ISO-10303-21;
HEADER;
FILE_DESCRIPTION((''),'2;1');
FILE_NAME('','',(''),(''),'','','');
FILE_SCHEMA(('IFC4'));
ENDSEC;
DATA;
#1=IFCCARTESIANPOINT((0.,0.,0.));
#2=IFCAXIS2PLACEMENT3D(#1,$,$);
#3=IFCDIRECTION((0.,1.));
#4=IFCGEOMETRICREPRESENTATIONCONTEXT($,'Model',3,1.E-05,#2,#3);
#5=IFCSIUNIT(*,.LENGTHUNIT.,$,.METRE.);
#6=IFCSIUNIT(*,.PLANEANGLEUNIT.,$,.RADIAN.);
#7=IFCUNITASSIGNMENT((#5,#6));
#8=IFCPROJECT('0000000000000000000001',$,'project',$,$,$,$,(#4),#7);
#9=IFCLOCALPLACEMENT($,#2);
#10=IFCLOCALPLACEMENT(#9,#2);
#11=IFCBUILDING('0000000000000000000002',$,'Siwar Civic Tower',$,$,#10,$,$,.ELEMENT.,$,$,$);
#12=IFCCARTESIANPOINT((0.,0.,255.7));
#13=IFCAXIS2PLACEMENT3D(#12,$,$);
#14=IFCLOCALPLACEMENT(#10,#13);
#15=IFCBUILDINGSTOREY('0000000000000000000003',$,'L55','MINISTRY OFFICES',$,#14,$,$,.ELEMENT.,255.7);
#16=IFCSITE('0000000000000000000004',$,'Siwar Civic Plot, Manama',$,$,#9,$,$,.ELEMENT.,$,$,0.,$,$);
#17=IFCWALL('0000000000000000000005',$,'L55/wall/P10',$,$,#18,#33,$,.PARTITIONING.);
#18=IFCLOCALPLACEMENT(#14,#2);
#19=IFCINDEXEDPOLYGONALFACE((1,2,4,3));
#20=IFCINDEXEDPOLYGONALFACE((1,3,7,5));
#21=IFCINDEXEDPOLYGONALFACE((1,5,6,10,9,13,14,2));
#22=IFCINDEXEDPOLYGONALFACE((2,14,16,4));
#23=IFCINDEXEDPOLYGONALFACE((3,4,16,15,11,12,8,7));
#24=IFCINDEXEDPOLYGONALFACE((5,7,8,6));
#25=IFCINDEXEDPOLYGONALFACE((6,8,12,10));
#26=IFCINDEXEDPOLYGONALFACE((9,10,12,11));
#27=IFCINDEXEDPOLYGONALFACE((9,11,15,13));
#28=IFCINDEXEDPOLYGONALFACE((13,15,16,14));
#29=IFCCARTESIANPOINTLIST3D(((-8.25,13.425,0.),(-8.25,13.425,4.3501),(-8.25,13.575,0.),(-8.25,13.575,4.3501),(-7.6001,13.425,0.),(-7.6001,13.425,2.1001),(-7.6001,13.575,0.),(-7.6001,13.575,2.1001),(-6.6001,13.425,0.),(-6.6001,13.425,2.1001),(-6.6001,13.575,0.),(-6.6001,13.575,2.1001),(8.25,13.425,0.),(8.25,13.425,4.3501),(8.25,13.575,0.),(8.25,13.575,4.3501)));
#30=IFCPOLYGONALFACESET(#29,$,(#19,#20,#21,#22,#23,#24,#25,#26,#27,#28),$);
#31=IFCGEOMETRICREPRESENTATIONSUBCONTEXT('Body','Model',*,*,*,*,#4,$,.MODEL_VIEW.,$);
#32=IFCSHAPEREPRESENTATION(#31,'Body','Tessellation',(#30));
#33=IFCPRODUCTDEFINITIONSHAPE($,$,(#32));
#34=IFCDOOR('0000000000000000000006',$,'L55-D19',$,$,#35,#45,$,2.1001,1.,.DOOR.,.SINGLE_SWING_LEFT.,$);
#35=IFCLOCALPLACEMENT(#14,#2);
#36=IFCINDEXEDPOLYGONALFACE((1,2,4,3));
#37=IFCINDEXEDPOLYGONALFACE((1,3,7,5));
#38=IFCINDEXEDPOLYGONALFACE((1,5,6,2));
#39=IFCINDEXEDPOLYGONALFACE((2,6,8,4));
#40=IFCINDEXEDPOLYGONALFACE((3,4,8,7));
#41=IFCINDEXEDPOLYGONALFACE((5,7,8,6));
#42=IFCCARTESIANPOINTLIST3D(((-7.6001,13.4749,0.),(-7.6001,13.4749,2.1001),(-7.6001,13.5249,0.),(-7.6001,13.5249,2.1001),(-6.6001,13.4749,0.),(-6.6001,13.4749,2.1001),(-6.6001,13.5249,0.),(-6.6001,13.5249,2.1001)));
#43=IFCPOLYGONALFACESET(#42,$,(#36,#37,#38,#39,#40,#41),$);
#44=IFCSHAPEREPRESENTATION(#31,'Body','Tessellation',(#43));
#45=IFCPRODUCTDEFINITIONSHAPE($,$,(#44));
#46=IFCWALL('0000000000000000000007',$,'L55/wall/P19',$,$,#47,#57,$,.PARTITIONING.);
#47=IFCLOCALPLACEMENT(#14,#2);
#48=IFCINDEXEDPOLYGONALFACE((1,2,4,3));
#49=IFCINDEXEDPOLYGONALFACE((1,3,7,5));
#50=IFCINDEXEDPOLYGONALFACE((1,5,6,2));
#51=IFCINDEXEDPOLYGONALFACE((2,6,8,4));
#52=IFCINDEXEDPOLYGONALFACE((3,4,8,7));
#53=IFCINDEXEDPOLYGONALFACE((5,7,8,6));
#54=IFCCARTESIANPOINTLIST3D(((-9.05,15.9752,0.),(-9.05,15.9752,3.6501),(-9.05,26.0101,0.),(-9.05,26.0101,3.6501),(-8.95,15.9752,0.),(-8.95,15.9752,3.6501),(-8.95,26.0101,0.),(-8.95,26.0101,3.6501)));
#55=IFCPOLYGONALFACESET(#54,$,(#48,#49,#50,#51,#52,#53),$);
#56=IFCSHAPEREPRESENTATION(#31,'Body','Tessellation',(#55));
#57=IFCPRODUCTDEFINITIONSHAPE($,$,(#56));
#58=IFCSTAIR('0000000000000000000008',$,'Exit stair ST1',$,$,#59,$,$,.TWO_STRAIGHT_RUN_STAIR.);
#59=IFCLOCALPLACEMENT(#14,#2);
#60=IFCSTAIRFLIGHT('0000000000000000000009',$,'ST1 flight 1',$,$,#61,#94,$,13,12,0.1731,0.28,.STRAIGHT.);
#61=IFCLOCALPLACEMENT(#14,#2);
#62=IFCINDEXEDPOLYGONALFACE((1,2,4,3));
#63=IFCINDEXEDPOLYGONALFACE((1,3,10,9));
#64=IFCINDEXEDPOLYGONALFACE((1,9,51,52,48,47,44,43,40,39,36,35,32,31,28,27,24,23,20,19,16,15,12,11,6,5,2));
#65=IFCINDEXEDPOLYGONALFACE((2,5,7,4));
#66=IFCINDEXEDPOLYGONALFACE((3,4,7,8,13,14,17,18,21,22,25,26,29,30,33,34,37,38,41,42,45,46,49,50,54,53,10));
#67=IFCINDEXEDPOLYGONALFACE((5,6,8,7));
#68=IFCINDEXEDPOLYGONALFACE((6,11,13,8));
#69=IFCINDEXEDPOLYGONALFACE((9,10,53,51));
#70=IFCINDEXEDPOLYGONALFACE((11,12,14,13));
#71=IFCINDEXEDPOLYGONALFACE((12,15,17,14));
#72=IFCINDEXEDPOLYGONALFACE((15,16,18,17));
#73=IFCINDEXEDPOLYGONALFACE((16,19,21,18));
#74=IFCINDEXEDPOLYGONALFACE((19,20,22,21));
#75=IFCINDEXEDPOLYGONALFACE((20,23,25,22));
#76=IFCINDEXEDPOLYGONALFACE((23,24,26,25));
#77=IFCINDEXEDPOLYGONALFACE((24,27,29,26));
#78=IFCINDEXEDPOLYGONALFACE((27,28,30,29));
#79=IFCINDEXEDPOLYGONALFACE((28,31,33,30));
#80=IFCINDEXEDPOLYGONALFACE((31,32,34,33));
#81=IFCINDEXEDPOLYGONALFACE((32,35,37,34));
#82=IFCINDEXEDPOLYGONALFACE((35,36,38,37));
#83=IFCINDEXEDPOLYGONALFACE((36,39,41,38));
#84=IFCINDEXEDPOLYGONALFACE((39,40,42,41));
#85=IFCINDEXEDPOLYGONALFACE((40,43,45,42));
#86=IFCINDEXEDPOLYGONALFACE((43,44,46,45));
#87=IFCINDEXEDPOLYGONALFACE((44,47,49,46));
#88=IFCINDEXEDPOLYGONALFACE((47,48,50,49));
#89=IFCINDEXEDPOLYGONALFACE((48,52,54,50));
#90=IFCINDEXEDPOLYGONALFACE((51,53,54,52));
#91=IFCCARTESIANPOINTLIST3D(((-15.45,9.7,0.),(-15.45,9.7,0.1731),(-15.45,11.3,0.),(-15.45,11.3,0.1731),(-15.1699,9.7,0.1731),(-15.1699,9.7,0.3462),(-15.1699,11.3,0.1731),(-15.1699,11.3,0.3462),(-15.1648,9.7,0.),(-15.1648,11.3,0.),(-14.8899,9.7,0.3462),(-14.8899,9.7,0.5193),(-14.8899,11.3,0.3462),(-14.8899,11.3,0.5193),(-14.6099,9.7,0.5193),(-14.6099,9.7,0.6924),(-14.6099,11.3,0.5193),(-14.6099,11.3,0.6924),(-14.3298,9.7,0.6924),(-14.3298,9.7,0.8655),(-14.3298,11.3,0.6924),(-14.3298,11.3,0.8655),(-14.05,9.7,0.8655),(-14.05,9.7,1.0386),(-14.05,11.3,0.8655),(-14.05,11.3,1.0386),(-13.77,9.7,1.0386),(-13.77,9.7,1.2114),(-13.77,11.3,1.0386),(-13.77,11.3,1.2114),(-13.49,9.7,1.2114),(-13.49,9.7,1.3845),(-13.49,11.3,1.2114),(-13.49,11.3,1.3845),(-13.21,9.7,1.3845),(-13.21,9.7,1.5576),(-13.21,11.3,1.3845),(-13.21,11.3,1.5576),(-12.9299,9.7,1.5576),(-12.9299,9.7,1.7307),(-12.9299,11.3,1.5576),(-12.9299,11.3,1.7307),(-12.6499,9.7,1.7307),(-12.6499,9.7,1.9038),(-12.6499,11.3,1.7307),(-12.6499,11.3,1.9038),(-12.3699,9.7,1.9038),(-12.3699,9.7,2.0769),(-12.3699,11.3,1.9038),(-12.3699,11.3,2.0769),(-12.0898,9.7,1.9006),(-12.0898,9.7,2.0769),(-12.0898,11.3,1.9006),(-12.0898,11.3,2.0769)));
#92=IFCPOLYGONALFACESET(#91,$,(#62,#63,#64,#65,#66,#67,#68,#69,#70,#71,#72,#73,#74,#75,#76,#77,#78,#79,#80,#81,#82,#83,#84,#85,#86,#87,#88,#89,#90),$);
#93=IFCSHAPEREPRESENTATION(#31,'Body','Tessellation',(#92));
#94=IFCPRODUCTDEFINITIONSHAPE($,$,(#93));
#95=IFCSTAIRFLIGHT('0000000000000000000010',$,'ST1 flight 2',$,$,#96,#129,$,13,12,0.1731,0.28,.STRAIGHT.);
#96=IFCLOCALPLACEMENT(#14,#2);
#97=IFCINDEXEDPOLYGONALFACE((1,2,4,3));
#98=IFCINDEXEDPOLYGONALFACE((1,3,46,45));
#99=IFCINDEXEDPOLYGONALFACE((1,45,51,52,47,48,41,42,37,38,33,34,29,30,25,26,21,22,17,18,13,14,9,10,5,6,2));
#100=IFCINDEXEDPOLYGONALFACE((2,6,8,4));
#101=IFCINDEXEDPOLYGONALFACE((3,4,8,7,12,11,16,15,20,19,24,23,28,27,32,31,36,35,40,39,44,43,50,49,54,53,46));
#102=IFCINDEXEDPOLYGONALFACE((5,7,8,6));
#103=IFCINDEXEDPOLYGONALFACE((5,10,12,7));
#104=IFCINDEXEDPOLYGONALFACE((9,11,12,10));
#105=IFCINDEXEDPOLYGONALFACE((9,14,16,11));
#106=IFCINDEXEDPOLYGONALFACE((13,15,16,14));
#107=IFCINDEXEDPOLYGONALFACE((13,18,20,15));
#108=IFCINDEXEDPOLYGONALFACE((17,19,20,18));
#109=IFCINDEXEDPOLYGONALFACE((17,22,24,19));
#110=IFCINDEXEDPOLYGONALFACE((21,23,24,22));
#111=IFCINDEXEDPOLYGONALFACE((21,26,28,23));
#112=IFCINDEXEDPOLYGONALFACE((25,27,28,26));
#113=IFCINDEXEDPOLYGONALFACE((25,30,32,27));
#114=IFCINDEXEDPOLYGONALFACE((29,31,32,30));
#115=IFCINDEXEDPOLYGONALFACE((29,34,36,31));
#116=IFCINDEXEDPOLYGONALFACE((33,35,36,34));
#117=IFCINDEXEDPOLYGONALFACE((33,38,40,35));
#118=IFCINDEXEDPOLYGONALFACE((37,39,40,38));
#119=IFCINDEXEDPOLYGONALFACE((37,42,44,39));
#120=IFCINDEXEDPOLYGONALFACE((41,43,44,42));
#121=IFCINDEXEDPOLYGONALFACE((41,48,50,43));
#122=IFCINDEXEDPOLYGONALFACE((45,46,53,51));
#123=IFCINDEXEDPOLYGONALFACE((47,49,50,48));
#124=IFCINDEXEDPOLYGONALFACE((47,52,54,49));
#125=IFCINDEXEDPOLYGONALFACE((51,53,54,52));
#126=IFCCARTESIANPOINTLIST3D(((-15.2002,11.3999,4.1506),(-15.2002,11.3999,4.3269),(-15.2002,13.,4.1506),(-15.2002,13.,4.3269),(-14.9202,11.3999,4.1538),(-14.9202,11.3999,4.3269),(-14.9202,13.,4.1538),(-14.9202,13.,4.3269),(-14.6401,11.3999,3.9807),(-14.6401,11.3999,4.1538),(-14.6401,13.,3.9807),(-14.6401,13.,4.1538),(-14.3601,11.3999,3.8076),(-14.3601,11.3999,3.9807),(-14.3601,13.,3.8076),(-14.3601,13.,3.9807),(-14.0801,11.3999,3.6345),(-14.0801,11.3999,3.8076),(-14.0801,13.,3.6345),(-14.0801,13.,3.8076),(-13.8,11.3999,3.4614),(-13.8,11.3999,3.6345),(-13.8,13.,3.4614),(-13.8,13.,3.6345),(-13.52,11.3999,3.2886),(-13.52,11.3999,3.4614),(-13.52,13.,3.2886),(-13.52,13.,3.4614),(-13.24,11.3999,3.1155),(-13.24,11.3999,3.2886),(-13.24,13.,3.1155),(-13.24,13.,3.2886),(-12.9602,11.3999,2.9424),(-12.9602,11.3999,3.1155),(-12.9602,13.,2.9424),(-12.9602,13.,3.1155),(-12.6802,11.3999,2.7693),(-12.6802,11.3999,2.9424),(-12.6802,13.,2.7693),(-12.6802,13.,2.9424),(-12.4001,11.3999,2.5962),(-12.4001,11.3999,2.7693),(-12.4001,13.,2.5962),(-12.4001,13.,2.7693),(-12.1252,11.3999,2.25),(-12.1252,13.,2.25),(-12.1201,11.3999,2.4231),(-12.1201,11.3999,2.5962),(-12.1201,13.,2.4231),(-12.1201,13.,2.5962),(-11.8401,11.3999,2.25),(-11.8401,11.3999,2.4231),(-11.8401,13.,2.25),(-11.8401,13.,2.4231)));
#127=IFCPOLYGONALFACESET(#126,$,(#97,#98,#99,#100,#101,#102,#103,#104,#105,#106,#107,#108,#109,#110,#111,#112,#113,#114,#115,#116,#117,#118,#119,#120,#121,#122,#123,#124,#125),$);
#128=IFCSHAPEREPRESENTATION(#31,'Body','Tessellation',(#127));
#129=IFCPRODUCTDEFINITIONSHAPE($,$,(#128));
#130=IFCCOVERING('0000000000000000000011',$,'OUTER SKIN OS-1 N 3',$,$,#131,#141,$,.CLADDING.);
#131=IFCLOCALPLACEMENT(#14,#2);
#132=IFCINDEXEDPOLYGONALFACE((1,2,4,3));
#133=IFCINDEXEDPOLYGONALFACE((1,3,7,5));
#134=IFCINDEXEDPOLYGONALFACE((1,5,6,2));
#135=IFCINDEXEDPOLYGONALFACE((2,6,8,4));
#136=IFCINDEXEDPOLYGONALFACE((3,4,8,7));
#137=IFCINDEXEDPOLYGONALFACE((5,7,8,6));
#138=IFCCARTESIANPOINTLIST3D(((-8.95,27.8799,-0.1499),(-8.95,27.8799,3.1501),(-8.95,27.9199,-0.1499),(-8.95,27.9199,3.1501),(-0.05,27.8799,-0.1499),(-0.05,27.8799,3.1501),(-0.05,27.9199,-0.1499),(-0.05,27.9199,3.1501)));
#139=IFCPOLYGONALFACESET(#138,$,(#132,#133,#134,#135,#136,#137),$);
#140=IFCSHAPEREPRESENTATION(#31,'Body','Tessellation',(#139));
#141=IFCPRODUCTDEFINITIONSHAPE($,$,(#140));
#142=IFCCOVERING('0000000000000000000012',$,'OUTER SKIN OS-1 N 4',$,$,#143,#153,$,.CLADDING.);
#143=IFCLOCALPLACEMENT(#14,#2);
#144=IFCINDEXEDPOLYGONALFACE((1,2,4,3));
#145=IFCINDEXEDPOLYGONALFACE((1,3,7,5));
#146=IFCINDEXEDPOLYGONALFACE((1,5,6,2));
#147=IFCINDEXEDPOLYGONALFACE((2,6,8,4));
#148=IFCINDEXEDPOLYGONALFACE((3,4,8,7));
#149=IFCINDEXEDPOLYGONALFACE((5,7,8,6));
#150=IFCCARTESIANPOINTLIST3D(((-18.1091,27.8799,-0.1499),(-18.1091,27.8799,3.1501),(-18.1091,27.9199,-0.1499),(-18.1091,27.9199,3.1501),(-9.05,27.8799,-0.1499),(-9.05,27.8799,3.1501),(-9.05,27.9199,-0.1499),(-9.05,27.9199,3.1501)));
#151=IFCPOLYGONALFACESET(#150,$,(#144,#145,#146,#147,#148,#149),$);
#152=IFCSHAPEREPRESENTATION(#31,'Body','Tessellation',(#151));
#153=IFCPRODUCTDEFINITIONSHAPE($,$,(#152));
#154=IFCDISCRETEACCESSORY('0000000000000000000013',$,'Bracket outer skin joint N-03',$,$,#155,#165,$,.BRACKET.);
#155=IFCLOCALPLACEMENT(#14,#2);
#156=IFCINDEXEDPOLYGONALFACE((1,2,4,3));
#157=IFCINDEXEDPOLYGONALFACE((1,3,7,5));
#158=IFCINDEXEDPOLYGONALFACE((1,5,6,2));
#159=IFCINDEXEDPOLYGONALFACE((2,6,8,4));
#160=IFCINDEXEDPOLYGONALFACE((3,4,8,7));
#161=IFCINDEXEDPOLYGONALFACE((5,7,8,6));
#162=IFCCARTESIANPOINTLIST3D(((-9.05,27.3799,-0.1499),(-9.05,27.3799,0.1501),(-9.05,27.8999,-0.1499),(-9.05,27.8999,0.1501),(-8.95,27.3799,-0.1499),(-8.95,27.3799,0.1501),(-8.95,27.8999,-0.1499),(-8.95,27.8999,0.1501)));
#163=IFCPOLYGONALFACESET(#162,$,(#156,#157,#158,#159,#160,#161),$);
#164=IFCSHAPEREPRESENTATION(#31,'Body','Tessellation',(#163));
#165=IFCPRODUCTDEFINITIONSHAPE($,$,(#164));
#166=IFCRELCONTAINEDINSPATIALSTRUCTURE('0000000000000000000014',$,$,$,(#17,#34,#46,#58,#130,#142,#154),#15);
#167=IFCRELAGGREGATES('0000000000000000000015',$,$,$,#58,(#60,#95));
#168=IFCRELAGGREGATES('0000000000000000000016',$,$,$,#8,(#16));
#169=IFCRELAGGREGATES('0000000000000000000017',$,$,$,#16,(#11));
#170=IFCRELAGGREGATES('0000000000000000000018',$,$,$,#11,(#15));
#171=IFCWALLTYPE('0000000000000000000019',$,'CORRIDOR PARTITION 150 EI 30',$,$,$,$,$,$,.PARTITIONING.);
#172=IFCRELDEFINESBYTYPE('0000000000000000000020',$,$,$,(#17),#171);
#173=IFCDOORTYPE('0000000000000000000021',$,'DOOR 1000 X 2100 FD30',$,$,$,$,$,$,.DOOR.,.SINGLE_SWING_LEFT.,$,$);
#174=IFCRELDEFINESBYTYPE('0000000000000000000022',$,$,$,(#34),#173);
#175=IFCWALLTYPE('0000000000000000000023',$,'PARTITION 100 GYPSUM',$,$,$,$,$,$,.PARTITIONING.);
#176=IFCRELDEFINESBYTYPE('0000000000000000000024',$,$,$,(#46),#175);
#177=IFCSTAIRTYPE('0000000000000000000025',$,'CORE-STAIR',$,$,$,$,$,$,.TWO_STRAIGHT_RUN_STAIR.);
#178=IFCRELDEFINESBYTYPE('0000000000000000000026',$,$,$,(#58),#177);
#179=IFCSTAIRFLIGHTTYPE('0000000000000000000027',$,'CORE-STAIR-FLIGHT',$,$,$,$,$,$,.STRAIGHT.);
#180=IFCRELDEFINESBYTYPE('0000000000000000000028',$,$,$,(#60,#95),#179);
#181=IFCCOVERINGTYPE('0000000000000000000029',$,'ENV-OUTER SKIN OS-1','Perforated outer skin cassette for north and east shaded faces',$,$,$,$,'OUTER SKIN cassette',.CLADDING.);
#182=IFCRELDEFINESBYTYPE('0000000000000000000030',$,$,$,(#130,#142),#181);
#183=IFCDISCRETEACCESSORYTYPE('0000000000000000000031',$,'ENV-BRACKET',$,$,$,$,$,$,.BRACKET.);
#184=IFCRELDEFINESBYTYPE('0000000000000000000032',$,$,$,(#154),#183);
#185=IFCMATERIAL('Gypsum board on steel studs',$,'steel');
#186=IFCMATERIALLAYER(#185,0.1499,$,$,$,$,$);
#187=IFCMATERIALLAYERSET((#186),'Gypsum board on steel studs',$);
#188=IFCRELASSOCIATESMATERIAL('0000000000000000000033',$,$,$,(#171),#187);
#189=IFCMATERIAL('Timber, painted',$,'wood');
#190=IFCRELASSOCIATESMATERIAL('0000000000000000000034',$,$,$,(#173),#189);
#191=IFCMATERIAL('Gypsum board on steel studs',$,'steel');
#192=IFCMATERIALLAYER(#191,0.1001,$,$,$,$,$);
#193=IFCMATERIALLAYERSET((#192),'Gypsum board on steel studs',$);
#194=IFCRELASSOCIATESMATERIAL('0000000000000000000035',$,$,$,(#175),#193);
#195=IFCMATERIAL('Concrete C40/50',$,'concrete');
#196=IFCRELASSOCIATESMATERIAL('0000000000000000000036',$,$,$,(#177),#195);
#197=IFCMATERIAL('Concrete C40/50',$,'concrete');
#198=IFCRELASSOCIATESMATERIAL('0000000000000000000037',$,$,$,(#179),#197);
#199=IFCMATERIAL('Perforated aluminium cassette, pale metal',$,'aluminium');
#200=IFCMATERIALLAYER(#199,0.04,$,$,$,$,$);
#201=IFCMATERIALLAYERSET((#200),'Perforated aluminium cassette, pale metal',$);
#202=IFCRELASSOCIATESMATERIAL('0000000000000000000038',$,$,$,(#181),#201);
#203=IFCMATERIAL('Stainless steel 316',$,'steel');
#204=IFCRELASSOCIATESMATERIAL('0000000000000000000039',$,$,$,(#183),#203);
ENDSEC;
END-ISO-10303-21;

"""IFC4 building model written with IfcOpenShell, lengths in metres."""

from ifc_helpers import new_model, si_unit, direction, frame, frame_2d, origin, origin_2d, place, context, subcontext, project, spatial, polyline, rectangle, outline, extrude, material, layer, layer_set, type_object, element, fill, aggregate, save


model = new_model("IFC4")

# Units and contexts
model_context = context("Model", 3, precision=1e-05, world=origin(), true_north=direction((0.0, 1.0)))
body_context = subcontext(model_context, "Body", "Model", "MODEL_VIEW")
ifc_project = project(units=[si_unit("LENGTHUNIT", "METRE"), si_unit("PLANEANGLEUNIT", "RADIAN")], contexts=[model_context])

# Site, building, storey
site_placement = place(None, origin())
site = spatial("IfcSite", under=ifc_project, at=site_placement, Name="Siwar Civic Plot, Manama", CompositionType="ELEMENT", RefElevation=0.0)
building_placement = place(site_placement, origin())
building = spatial("IfcBuilding", under=site, at=building_placement, Name="Siwar Civic Tower", CompositionType="ELEMENT")
storey_placement = place(building_placement, frame((0.0, 0.0, 255.7)))
storey = spatial("IfcBuildingStorey", under=building, at=storey_placement, Name="L55", Description="MINISTRY OFFICES", CompositionType="ELEMENT", Elevation=255.7)

# Shared definitions
ifc_material_1 = material(Name="Gypsum board on steel studs", Category="steel")
ifc_layer_1 = layer(ifc_material_1, 0.1499)
ifc_layer_set_1 = layer_set([ifc_layer_1], Name="Gypsum board on steel studs")
wall_type_1 = type_object("IfcWallType", Name="CORRIDOR PARTITION 150 EI 30", PredefinedType="PARTITIONING", material=ifc_layer_set_1)

# Wall, opening, door
wall_1_placement = place(storey_placement, frame((-8.25, 13.5, 0.0), z_axis=(0.0, 0.0, 1.0), x_axis=(1.0, 0.0, 0.0)))
wall_1 = element("IfcWall", 1, at=wall_1_placement, inside=storey, type_object=wall_type_1, Name="L55/wall/P10", PredefinedType="PARTITIONING", context=body_context, shape_type="SweptSolid", body=[
    extrude(rectangle(XDim=16.5, YDim=0.1499, at=frame_2d((8.25, 0.0))), origin(), (0.0, 0.0, 1.0), 4.3501),
])
opening_1_placement = place(wall_1_placement, frame((0.6499, 0.0, 0.0)))
opening_1 = element("IfcOpeningElement", 2, at=opening_1_placement, cuts=wall_1, PredefinedType="OPENING", context=body_context, shape_type="SweptSolid", body=[
    extrude(rectangle(XDim=1.0, YDim=2.1001, at=frame_2d((0.5, 1.05))), frame((0.0, 0.085, 0.0), z_axis=(0.0, -1.0, 0.0), x_axis=(1.0, 0.0, 0.0)), (0.0, 0.0, 1.0), 0.1699),
])
ifc_material_2 = material(Name="Timber, painted", Category="wood")
door_type_1 = type_object("IfcDoorType", Name="DOOR 1000 X 2100 FD30", OperationType="SINGLE_SWING_LEFT", PredefinedType="DOOR", material=ifc_material_2)
door_1_placement = place(opening_1_placement, origin())
door_1 = element("IfcDoor", 3, at=door_1_placement, inside=storey, type_object=door_type_1, Name="L55-D19", OperationType="SINGLE_SWING_LEFT", OverallHeight=2.1001, OverallWidth=1.0, PredefinedType="DOOR", context=body_context, shape_type="SweptSolid", body=[
    extrude(rectangle(XDim=1.0, YDim=2.1001, at=frame_2d((0.5, 1.05))), frame((0.0, 0.0249, 0.0), z_axis=(0.0, -1.0, 0.0), x_axis=(1.0, 0.0, 0.0)), (0.0, 0.0, 1.0), 0.05),
])
fill(opening_1, door_1)

# Wall
ifc_material_3 = material(Name="Gypsum board on steel studs", Category="steel")
ifc_layer_2 = layer(ifc_material_3, 0.1001)
ifc_layer_set_2 = layer_set([ifc_layer_2], Name="Gypsum board on steel studs")
wall_type_2 = type_object("IfcWallType", Name="PARTITION 100 GYPSUM", PredefinedType="PARTITIONING", material=ifc_layer_set_2)
wall_2_placement = place(storey_placement, frame((-9.0, 15.9751, 0.0), z_axis=(0.0, 0.0, 1.0), x_axis=(0.0, 1.0, 0.0)))
element("IfcWall", 4, at=wall_2_placement, inside=storey, type_object=wall_type_2, Name="L55/wall/P19", PredefinedType="PARTITIONING", context=body_context, shape_type="SweptSolid", body=[
    extrude(rectangle(XDim=10.0349, YDim=0.1001, at=frame_2d((5.0176, 0.0))), origin(), (0.0, 0.0, 1.0), 3.6501),
])

# Stair, stair flights
ifc_material_4 = material(Name="Concrete C40/50", Category="concrete")
stair_type = type_object("IfcStairType", Name="CORE-STAIR", PredefinedType="TWO_STRAIGHT_RUN_STAIR", material=ifc_material_4)
stair_placement = place(storey_placement, origin())
stair = element("IfcStair", 5, at=stair_placement, inside=storey, type_object=stair_type, Name="Exit stair ST1", PredefinedType="TWO_STRAIGHT_RUN_STAIR")
ifc_material_5 = material(Name="Concrete C40/50", Category="concrete")
stair_flight_type = type_object("IfcStairFlightType", Name="CORE-STAIR-FLIGHT", PredefinedType="STRAIGHT", material=ifc_material_5)
stair_flight_1_placement = place(storey_placement, frame((-15.45, 10.5, 0.0), z_axis=(0.0, 0.0, 1.0), x_axis=(1.0, 0.0, 0.0)))
stair_flight_1 = element("IfcStairFlight", 6, at=stair_flight_1_placement, type_object=stair_flight_type, Name="ST1 flight 1", NumberOfRisers=13, NumberOfTreads=12, PredefinedType="STRAIGHT", RiserHeight=0.1731, TreadLength=0.28, context=body_context, shape_type="SweptSolid", body=[
    extrude(outline(polyline([(0.0, 0.0), (0.0, 0.1731), (0.28, 0.1731), (0.28, 0.3462), (0.5601, 0.3462), (0.5601, 0.5193), (0.8401, 0.5193), (0.8401, 0.6924), (1.1201, 0.6924), (1.1201, 0.8655), (1.3999, 0.8655), (1.3999, 1.0386), (1.6799, 1.0386), (1.6799, 1.2114), (1.96, 1.2114), (1.96, 1.3845), (2.24, 1.3845), (2.24, 1.5576), (2.52, 1.5576), (2.52, 1.7307), (2.8, 1.7307), (2.8, 1.9038), (3.0801, 1.9038), (3.0801, 2.0769), (3.3601, 2.0769), (3.3601, 2.25), (3.3601, 1.9006), (0.2852, 0.0), (0.0, 0.0)])), frame((0.0, 0.8, 0.0), z_axis=(0.0, -1.0, 0.0), x_axis=(1.0, 0.0, 0.0)), (0.0, 0.0, 1.0), 1.6001),
])
stair_flight_2_placement = place(storey_placement, frame((-11.8401, 12.2, 2.25), z_axis=(0.0, 0.0, 1.0), x_axis=(-1.0, 0.0, 0.0)))
stair_flight_2 = element("IfcStairFlight", 7, at=stair_flight_2_placement, type_object=stair_flight_type, Name="ST1 flight 2", NumberOfRisers=13, NumberOfTreads=12, PredefinedType="STRAIGHT", RiserHeight=0.1731, TreadLength=0.28, context=body_context, shape_type="SweptSolid", body=[
    extrude(outline(polyline([(0.0, 0.0), (0.0, 0.1731), (0.28, 0.1731), (0.28, 0.3462), (0.5601, 0.3462), (0.5601, 0.5193), (0.8401, 0.5193), (0.8401, 0.6924), (1.1201, 0.6924), (1.1201, 0.8655), (1.3999, 0.8655), (1.3999, 1.0386), (1.6799, 1.0386), (1.6799, 1.2114), (1.96, 1.2114), (1.96, 1.3845), (2.24, 1.3845), (2.24, 1.5576), (2.52, 1.5576), (2.52, 1.7307), (2.8, 1.7307), (2.8, 1.9038), (3.0801, 1.9038), (3.0801, 2.0769), (3.3601, 2.0769), (3.3601, 2.25), (3.3601, 1.9006), (0.2852, 0.0), (0.0, 0.0)])), frame((0.0, 0.8, 0.0), z_axis=(0.0, -1.0, 0.0), x_axis=(1.0, 0.0, 0.0)), (0.0, 0.0, 1.0), 1.6001),
])
aggregate(stair, [stair_flight_1, stair_flight_2])

# Coverings
ifc_material_6 = material(Name="Perforated aluminium cassette, pale metal", Category="aluminium")
ifc_layer_3 = layer(ifc_material_6, 0.04)
ifc_layer_set_3 = layer_set([ifc_layer_3], Name="Perforated aluminium cassette, pale metal")
covering_type = type_object("IfcCoveringType", Name="ENV-OUTER SKIN OS-1", Description="Perforated outer skin cassette for north and east shaded faces", ElementType="OUTER SKIN cassette", PredefinedType="CLADDING", material=ifc_layer_set_3)
covering_1_placement = place(storey_placement, frame((-4.5, 27.8999, -0.1499), z_axis=(0.0, 0.0, 1.0), x_axis=(-1.0, 0.0, 0.0)))
element("IfcCovering", 8, at=covering_1_placement, inside=storey, type_object=covering_type, Name="OUTER SKIN OS-1 N 3", PredefinedType="CLADDING", context=body_context, shape_type="SweptSolid", body=[
    extrude(rectangle(XDim=8.8999, YDim=0.04, at=origin_2d()), origin(), (0.0, 0.0, 1.0), 3.3),
])
covering_2_placement = place(storey_placement, frame((-13.5796, 27.8999, -0.1499), z_axis=(0.0, 0.0, 1.0), x_axis=(-1.0, 0.0, 0.0)))
element("IfcCovering", 9, at=covering_2_placement, inside=storey, type_object=covering_type, Name="OUTER SKIN OS-1 N 4", PredefinedType="CLADDING", context=body_context, shape_type="SweptSolid", body=[
    extrude(rectangle(XDim=9.0591, YDim=0.04, at=origin_2d()), origin(), (0.0, 0.0, 1.0), 3.3),
])

# Discrete accessory
ifc_material_7 = material(Name="Stainless steel 316", Category="steel")
discrete_accessory_type = type_object("IfcDiscreteAccessoryType", Name="ENV-BRACKET", PredefinedType="BRACKET", material=ifc_material_7)
discrete_accessory_placement = place(storey_placement, frame((-9.0, 27.6399, -0.1499), z_axis=(0.0, 0.0, 1.0), x_axis=(0.0, 1.0, 0.0)))
element("IfcDiscreteAccessory", 10, at=discrete_accessory_placement, inside=storey, type_object=discrete_accessory_type, Name="Bracket outer skin joint N-03", PredefinedType="BRACKET", context=body_context, shape_type="SweptSolid", body=[
    extrude(rectangle(XDim=0.52, YDim=0.1001, at=origin_2d()), origin(), (0.0, 0.0, 1.0), 0.3),
])

save(model, "model.ifc")
